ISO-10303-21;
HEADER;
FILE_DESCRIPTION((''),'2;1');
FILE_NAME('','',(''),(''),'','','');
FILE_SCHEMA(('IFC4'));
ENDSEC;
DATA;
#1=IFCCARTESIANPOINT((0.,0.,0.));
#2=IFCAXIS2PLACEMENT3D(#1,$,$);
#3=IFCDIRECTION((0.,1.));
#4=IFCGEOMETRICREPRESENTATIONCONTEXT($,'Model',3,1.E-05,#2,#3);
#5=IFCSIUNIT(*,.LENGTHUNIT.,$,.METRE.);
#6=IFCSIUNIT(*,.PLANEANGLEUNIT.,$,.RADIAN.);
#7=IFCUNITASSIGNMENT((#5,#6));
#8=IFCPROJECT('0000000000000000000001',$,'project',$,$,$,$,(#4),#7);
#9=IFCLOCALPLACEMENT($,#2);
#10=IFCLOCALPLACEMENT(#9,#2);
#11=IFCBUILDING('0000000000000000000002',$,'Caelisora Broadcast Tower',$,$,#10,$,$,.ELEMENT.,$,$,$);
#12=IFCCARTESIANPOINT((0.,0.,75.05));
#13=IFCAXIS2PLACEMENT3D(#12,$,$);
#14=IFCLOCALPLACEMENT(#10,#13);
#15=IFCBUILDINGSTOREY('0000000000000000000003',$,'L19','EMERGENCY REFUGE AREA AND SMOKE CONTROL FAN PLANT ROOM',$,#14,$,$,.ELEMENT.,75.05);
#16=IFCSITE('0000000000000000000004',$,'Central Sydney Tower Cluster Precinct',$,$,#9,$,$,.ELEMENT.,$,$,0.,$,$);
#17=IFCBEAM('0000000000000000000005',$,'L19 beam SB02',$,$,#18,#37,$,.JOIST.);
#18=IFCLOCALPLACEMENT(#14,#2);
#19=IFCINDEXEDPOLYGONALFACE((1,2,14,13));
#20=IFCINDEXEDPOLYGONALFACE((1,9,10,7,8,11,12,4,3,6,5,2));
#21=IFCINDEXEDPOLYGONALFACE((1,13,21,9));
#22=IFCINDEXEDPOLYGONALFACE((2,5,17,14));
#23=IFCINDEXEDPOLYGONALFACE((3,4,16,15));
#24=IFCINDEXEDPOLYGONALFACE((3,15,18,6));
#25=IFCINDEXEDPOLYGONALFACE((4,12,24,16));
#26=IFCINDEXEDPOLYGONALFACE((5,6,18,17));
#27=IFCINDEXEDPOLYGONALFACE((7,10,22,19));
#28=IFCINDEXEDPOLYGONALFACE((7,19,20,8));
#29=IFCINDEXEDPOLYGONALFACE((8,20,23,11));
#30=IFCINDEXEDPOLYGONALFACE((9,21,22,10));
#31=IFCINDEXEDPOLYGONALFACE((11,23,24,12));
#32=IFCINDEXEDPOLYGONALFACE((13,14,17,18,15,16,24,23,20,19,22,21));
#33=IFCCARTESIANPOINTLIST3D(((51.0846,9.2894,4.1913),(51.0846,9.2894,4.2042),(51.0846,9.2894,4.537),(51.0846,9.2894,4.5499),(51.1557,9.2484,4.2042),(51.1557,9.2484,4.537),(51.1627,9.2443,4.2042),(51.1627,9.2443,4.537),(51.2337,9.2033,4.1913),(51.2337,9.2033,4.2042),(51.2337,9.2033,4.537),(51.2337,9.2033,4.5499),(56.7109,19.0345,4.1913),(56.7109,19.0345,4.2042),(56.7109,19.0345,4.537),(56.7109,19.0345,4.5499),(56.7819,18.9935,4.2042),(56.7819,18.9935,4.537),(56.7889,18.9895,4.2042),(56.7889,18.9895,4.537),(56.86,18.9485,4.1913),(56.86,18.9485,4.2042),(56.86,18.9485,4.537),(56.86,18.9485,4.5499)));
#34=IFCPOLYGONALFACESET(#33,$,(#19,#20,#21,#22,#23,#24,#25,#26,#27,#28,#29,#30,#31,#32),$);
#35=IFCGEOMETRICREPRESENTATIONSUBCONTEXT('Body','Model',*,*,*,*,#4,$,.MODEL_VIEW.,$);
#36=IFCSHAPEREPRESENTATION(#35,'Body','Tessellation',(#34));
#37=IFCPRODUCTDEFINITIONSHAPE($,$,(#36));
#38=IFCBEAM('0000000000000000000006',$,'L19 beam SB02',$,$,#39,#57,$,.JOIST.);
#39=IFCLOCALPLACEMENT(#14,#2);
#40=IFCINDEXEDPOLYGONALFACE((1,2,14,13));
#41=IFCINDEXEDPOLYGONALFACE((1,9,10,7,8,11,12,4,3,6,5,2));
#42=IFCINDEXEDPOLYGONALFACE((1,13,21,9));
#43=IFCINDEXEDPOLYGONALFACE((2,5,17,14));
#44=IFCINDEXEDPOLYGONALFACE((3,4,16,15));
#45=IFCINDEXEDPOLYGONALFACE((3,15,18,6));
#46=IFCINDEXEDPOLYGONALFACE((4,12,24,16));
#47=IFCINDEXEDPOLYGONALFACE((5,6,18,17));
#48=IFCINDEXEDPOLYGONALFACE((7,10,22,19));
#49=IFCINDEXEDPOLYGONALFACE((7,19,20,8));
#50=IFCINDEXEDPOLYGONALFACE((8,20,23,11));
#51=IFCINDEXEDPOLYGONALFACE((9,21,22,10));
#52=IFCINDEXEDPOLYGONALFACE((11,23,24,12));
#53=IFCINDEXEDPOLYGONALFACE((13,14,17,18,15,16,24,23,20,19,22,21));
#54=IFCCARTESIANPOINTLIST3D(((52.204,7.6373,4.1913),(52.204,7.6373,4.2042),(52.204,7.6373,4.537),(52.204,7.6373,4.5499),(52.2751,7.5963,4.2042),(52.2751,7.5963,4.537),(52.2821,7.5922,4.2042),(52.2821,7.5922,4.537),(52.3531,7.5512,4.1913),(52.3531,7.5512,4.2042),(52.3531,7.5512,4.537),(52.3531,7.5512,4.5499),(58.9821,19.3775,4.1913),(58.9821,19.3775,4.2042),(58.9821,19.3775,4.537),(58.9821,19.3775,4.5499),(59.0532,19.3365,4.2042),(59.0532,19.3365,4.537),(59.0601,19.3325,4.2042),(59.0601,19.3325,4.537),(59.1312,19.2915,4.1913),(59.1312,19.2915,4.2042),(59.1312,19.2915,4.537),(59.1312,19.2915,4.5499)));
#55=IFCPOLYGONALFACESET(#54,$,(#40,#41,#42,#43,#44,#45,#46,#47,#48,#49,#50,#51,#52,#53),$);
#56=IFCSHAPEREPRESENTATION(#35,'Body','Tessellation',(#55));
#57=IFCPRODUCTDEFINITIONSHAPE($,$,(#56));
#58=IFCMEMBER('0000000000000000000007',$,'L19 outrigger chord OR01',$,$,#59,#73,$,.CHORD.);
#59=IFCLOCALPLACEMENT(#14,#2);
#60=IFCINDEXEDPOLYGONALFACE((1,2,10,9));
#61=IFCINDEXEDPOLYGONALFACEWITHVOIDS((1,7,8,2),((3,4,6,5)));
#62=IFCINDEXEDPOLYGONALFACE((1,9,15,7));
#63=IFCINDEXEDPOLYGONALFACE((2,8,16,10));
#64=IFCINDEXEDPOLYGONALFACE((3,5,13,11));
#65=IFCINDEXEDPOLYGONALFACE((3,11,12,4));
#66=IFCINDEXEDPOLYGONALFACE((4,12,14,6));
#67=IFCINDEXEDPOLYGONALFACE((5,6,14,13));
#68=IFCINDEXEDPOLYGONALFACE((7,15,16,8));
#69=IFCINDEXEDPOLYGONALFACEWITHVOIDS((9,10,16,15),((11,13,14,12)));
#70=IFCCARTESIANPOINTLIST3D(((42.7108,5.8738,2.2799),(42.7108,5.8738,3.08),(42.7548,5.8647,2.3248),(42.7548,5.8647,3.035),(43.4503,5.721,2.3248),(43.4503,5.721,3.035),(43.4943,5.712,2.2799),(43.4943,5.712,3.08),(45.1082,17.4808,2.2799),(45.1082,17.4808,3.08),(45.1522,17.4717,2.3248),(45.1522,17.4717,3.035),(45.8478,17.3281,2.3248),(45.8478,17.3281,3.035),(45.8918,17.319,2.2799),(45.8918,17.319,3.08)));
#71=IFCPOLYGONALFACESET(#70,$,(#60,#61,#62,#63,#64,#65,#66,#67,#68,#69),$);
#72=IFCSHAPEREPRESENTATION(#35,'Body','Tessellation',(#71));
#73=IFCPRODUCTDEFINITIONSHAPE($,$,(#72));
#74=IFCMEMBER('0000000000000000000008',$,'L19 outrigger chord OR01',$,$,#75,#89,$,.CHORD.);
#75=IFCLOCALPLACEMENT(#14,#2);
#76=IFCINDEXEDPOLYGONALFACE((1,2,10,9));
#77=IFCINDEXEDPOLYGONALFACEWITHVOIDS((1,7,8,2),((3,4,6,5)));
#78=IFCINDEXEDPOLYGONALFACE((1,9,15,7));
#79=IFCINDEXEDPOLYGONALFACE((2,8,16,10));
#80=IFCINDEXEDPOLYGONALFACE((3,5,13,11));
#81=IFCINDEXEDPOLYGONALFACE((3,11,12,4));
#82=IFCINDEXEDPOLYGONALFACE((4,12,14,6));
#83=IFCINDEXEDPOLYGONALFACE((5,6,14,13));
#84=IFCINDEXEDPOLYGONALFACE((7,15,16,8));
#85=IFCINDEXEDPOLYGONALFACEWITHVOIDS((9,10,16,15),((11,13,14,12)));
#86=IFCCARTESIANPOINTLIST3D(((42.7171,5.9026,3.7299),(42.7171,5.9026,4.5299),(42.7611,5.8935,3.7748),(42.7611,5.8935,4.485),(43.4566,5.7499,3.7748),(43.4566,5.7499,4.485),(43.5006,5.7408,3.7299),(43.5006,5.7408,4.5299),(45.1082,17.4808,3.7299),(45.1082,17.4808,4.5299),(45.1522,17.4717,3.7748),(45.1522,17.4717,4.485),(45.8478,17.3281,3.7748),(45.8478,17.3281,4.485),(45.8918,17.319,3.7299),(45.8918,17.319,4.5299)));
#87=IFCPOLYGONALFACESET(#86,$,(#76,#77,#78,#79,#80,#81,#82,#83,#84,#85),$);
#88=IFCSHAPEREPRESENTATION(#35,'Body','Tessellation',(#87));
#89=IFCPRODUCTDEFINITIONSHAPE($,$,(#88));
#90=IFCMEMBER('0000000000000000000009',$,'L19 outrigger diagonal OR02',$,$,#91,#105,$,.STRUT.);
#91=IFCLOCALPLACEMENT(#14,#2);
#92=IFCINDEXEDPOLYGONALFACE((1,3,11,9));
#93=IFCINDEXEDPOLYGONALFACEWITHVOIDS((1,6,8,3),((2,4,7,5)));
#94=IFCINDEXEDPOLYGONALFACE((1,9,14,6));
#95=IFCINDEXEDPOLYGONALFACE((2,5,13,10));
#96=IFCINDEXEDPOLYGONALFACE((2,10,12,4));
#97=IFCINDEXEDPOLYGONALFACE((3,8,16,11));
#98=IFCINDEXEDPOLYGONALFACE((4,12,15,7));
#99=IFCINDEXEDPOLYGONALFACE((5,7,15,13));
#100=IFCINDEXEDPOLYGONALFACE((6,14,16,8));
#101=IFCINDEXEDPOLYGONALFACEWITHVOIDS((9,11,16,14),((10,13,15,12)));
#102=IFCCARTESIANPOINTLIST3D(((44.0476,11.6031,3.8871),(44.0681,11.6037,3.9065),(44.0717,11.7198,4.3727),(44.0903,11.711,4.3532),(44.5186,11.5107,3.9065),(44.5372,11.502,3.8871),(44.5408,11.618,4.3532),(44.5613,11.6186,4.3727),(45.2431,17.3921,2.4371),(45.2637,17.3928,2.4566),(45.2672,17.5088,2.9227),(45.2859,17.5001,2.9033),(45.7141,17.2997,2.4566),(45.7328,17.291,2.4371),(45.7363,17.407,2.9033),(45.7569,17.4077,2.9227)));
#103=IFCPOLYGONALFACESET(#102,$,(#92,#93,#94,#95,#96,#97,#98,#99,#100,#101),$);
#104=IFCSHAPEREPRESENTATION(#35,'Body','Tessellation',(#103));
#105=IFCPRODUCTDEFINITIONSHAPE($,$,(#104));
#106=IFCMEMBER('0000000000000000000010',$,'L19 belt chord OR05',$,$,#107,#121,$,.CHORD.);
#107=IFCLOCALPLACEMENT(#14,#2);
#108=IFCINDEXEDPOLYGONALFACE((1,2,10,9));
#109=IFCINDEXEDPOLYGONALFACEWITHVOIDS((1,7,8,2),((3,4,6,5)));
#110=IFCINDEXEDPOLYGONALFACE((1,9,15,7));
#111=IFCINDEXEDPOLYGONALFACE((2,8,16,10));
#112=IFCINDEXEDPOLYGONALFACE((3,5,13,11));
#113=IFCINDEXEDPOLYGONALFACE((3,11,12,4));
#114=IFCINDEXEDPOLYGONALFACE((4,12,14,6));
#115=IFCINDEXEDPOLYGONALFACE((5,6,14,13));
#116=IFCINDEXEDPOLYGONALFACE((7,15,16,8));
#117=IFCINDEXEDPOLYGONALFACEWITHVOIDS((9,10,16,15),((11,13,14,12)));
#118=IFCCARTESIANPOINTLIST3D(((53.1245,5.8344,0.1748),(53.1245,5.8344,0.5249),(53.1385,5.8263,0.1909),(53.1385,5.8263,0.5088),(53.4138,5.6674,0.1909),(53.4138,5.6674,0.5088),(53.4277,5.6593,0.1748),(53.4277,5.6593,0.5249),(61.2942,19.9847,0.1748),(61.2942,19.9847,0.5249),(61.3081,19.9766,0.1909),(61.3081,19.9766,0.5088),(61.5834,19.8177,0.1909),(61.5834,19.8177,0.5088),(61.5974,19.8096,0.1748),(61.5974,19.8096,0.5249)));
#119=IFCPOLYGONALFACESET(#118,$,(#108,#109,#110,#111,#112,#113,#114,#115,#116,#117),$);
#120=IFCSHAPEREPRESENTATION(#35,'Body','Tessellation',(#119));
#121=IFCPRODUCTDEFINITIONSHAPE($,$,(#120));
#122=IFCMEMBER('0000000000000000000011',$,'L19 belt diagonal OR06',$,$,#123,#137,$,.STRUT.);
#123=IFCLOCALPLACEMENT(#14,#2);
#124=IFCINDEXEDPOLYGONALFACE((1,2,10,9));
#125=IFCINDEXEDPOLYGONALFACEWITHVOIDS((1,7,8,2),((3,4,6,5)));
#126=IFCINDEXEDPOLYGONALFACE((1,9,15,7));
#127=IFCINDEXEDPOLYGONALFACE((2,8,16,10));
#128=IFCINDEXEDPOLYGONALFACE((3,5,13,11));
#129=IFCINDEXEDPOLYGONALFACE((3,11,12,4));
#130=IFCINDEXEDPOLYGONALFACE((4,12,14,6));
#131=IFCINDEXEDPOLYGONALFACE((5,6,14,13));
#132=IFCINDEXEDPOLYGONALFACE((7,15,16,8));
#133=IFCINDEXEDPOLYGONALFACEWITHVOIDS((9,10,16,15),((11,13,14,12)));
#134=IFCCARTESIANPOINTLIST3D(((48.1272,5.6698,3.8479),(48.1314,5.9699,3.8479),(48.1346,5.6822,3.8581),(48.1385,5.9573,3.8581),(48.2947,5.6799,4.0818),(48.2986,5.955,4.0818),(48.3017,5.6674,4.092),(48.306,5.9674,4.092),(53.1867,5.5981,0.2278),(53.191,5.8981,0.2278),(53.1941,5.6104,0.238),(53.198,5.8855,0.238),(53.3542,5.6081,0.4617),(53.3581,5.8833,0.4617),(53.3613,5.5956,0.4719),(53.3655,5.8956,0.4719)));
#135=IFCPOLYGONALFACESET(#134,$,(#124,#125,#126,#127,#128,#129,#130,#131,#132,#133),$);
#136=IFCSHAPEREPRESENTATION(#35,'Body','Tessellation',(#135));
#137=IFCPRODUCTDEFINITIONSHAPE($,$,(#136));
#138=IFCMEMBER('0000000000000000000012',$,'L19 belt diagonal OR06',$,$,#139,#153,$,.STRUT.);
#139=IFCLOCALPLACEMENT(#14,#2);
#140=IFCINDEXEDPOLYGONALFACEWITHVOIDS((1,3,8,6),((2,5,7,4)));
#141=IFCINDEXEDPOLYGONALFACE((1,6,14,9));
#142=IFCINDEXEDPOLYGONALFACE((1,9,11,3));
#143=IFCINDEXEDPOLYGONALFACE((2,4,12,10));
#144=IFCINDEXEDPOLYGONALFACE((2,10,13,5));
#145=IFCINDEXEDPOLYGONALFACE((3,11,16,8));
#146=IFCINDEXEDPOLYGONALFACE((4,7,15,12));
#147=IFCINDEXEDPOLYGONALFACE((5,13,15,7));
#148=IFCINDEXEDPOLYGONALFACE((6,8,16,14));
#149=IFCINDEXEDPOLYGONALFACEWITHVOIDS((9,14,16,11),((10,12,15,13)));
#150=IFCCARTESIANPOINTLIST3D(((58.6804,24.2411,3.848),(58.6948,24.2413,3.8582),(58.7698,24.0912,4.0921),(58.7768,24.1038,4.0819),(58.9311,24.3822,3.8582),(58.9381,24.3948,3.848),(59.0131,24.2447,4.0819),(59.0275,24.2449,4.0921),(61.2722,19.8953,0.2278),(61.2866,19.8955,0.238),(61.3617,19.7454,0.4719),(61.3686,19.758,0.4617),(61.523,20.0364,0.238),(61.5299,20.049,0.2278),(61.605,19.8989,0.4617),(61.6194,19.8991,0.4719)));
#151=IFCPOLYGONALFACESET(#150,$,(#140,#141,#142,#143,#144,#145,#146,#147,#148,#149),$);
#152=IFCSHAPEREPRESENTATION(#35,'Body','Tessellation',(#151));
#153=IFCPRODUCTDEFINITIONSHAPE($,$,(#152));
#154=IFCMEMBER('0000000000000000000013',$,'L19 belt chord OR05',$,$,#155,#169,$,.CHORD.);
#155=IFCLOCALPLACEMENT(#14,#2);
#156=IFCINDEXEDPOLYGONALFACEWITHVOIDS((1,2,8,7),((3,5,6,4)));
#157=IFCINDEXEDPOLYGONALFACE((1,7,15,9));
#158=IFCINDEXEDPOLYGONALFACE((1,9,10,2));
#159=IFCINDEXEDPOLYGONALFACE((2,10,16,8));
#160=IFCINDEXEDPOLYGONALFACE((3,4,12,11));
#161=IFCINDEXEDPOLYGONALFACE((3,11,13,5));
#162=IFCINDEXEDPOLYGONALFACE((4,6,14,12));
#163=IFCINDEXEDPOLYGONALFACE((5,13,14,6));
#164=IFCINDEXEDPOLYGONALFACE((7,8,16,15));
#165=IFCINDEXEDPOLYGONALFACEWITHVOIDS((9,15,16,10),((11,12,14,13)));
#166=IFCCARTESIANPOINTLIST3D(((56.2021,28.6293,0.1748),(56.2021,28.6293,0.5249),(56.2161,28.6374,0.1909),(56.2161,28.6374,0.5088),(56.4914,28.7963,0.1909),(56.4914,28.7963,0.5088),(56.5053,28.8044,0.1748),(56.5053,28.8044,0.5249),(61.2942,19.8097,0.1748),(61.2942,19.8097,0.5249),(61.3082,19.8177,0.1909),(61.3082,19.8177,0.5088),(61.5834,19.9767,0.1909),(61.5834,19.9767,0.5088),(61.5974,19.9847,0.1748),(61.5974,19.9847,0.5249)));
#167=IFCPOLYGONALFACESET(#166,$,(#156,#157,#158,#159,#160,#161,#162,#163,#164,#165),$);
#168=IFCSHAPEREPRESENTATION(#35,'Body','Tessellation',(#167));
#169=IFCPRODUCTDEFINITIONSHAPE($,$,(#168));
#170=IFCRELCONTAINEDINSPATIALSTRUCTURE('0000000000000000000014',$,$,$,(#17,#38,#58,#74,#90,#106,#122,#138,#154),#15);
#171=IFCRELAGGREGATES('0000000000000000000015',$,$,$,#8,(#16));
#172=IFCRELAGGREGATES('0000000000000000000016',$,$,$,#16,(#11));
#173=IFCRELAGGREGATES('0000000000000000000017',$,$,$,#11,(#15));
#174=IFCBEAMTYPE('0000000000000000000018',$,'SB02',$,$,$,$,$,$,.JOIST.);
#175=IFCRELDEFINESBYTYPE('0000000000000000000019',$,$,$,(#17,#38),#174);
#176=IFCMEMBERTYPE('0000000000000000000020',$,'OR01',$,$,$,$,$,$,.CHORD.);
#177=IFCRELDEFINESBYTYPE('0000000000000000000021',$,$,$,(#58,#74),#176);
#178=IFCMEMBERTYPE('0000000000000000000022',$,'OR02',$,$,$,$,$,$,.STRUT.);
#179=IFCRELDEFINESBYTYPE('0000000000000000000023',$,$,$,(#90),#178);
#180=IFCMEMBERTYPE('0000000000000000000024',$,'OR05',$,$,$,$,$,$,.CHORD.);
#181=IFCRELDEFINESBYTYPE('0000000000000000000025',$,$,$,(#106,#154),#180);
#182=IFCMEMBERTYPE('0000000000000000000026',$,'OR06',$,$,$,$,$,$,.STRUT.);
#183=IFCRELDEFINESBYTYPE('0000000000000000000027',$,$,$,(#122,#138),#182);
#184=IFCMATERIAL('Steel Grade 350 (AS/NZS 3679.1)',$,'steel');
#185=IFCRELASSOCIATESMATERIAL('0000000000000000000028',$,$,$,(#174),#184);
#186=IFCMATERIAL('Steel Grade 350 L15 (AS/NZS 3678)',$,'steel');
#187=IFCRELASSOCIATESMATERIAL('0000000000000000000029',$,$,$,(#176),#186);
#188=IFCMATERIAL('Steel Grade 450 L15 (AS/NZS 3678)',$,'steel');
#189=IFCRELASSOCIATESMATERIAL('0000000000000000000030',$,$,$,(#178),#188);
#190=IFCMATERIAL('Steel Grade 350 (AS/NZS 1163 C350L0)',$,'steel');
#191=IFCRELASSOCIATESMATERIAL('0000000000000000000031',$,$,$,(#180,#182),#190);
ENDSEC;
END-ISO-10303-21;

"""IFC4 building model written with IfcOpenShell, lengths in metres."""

from ifc_helpers import new_model, si_unit, direction, frame, origin, origin_2d, place, context, subcontext, project, spatial, hollow_rectangle, i_section, extrude, source, transform, mapped, material, material_profile, profile_set, type_object, type_shapes, element, save


model = new_model("IFC4")

# Units and contexts
model_context = context("Model", 3, precision=1e-05, world=origin(), true_north=direction((0.0, 1.0)))
body_context = subcontext(model_context, "Body", "Model", "MODEL_VIEW")
ifc_project = project(units=[si_unit("LENGTHUNIT", "METRE"), si_unit("PLANEANGLEUNIT", "RADIAN")], contexts=[model_context])

# Site, building, storey
site_placement = place(None, origin())
site = spatial("IfcSite", under=ifc_project, at=site_placement, Name="Central Sydney Tower Cluster Precinct", CompositionType="ELEMENT", RefElevation=0.0)
building_placement = place(site_placement, origin())
building = spatial("IfcBuilding", under=site, at=building_placement, Name="Caelisora Broadcast Tower", CompositionType="ELEMENT")
storey_placement = place(building_placement, frame((0.0, 0.0, 75.05)))
storey = spatial("IfcBuildingStorey", under=building, at=storey_placement, Name="L19", Description="EMERGENCY REFUGE AREA AND SMOKE CONTROL FAN PLANT ROOM", CompositionType="ELEMENT", Elevation=75.05)

# Shared definitions
ifc_material_1 = material(Name="Steel Grade 350 L15 (AS/NZS 3678)", Category="steel")

# Beams
ifc_material_2 = material(Name="Steel Grade 350 (AS/NZS 3679.1)", Category="steel")
ifc_material_profile_1 = material_profile(ifc_material_2, i_section(OverallWidth=0.1721, OverallDepth=0.3586, WebThickness=0.0081, FlangeThickness=0.0129, at=origin_2d()), Name="Steel Grade 350 (AS/NZS 3679.1)")
ifc_profile_set_1 = profile_set([ifc_material_profile_1], Name="Steel Grade 350 (AS/NZS 3679.1)")
beam_type_1 = type_object("IfcBeamType", Name="SB02", PredefinedType="JOIST", material=ifc_profile_set_1)
shared_shape_1 = source(origin(), body_context, "Body", "SweptSolid", [
    extrude(i_section(OverallWidth=0.1721, OverallDepth=0.3586, WebThickness=0.0081, FlangeThickness=0.0129, at=origin_2d()), origin(), (0.0, 0.0, 1.0), 11.2527),
])
beam_1_placement = place(storey_placement, frame((51.1592, 9.2463, 4.3706), z_axis=(0.499992, 0.86603, 0.0), x_axis=(-0.86603, 0.499992, 0.0)))
element("IfcBeam", 1, at=beam_1_placement, inside=storey, type_object=beam_type_1, Name="L19 beam SB02", PredefinedType="JOIST", context=body_context, shape_type="MappedRepresentation", body=[
    mapped(shared_shape_1, transform((0.0, 0.0, 0.0), scale=1.0)),
])
shared_shape_2 = source(origin(), body_context, "Body", "SweptSolid", [
    extrude(i_section(OverallWidth=0.1721, OverallDepth=0.3586, WebThickness=0.0081, FlangeThickness=0.0129, at=origin_2d()), origin(), (0.0, 0.0, 1.0), 13.5564),
])
beam_2_placement = place(storey_placement, frame((52.2786, 7.5942, 4.3706), z_axis=(0.499992, 0.86603, 0.0), x_axis=(-0.86603, 0.499992, 0.0)))
element("IfcBeam", 2, at=beam_2_placement, inside=storey, type_object=beam_type_1, Name="L19 beam SB02", PredefinedType="JOIST", context=body_context, shape_type="MappedRepresentation", body=[
    mapped(shared_shape_2, transform((0.0, 0.0, 0.0), scale=1.0)),
])

# Members
ifc_material_profile_2 = material_profile(ifc_material_1, hollow_rectangle(XDim=0.8, YDim=0.8, WallThickness=0.0449, at=origin_2d()), Name="Steel Grade 350 L15 (AS/NZS 3678)")
ifc_profile_set_2 = profile_set([ifc_material_profile_2], Name="Steel Grade 350 L15 (AS/NZS 3678)")
member_type_1 = type_object("IfcMemberType", Name="OR01", PredefinedType="CHORD", material=ifc_profile_set_2)
shared_shape_3 = source(origin(), body_context, "Body", "SweptSolid", [
    extrude(hollow_rectangle(XDim=0.8, YDim=0.8, WallThickness=0.0449, at=origin_2d()), origin(), (0.0, 0.0, 1.0), 11.8521),
])
member_1_placement = place(storey_placement, frame((45.5, 17.3999, 2.6799), z_axis=(-0.202284, -0.979327, 0.0), x_axis=(0.979327, -0.202284, 0.0)))
element("IfcMember", 3, at=member_1_placement, inside=storey, type_object=member_type_1, Name="L19 outrigger chord OR01", PredefinedType="CHORD", context=body_context, shape_type="MappedRepresentation", body=[
    mapped(shared_shape_3, transform((0.0, 0.0, 0.0), scale=1.0)),
])
shared_shape_4 = source(origin(), body_context, "Body", "SweptSolid", [
    extrude(hollow_rectangle(XDim=0.8, YDim=0.8, WallThickness=0.0449, at=origin_2d()), origin(), (0.0, 0.0, 1.0), 11.8225),
])
type_shapes(member_type_1, [shared_shape_3, shared_shape_4])
member_2_placement = place(storey_placement, frame((45.5, 17.3999, 4.1299), z_axis=(-0.202252, -0.979334, 0.0), x_axis=(0.979334, -0.202252, 0.0)))
element("IfcMember", 4, at=member_2_placement, inside=storey, type_object=member_type_1, Name="L19 outrigger chord OR01", PredefinedType="CHORD", context=body_context, shape_type="MappedRepresentation", body=[
    mapped(shared_shape_4, transform((0.0, 0.0, 0.0), scale=1.0)),
])
ifc_material_3 = material(Name="Steel Grade 450 L15 (AS/NZS 3678)", Category="steel")
ifc_material_profile_3 = material_profile(ifc_material_3, hollow_rectangle(XDim=0.5, YDim=0.5, WallThickness=0.02, at=origin_2d()), Name="Steel Grade 450 L15 (AS/NZS 3678)")
ifc_profile_set_3 = profile_set([ifc_material_profile_3], Name="Steel Grade 450 L15 (AS/NZS 3678)")
member_type_2 = type_object("IfcMemberType", Name="OR02", PredefinedType="STRUT", material=ifc_profile_set_3)
shared_shape_5 = source(origin(), body_context, "Body", "SweptSolid", [
    extrude(hollow_rectangle(XDim=0.5, YDim=0.5, WallThickness=0.02, at=origin_2d()), origin(), (0.0, 0.0, 1.0), 6.0864),
])
type_shapes(member_type_2, [shared_shape_5])
member_3_placement = place(storey_placement, frame((45.5, 17.3999, 2.6799), z_axis=(-0.196429, -0.951138, 0.238226), x_axis=(0.979334, -0.202252, 0.0)))
element("IfcMember", 5, at=member_3_placement, inside=storey, type_object=member_type_2, Name="L19 outrigger diagonal OR02", PredefinedType="STRUT", context=body_context, shape_type="MappedRepresentation", body=[
    mapped(shared_shape_5, transform((0.0, 0.0, 0.0), scale=1.0)),
])
ifc_material_4 = material(Name="Steel Grade 350 (AS/NZS 1163 C350L0)", Category="steel")
ifc_material_profile_4 = material_profile(ifc_material_4, hollow_rectangle(XDim=0.3501, YDim=0.3501, WallThickness=0.0161, at=origin_2d()), Name="Steel Grade 350 (AS/NZS 1163 C350L0)")
ifc_profile_set_4 = profile_set([ifc_material_profile_4], Name="Steel Grade 350 (AS/NZS 1163 C350L0)")
member_type_3 = type_object("IfcMemberType", Name="OR05", PredefinedType="CHORD", material=ifc_profile_set_4)
shared_shape_6 = source(origin(), body_context, "Body", "SweptSolid", [
    extrude(hollow_rectangle(XDim=0.3501, YDim=0.3501, WallThickness=0.0161, at=origin_2d()), origin(), (0.0, 0.0, 1.0), 16.3394),
])
member_4_placement = place(storey_placement, frame((53.2761, 5.7468, 0.3499), z_axis=(0.499998, 0.866027, 0.0), x_axis=(-0.866027, 0.499998, 0.0)))
element("IfcMember", 6, at=member_4_placement, inside=storey, type_object=member_type_3, Name="L19 belt chord OR05", PredefinedType="CHORD", context=body_context, shape_type="MappedRepresentation", body=[
    mapped(shared_shape_6, transform((0.0, 0.0, 0.0), scale=1.0)),
])
ifc_material_profile_5 = material_profile(ifc_material_4, hollow_rectangle(XDim=0.3, YDim=0.3, WallThickness=0.0125, at=origin_2d()), Name="Steel Grade 350 (AS/NZS 1163 C350L0)")
ifc_profile_set_5 = profile_set([ifc_material_profile_5], Name="Steel Grade 350 (AS/NZS 1163 C350L0)")
member_type_4 = type_object("IfcMemberType", Name="OR06", PredefinedType="STRUT", material=ifc_profile_set_5)
shared_shape_7 = source(origin(), body_context, "Body", "SweptSolid", [
    extrude(hollow_rectangle(XDim=0.3, YDim=0.3, WallThickness=0.0125, at=origin_2d()), origin(), (0.0, 0.0, 1.0), 6.2217),
])
for number, where, z_axis, x_axis, name in (
    (7, (53.2761, 5.7468, 0.3499), (-0.813212, 0.011537, 0.581853), (-0.014185, -0.999899, 0.0), "L19 belt diagonal OR06"),
    (8, (61.4458, 19.8972, 0.3499), (-0.416583, 0.698491, 0.581867), (-0.858852, -0.512223, 0.0), "L19 belt diagonal OR06"),
):
    element("IfcMember", number, at=place(storey_placement, frame(where, z_axis=z_axis, x_axis=x_axis)), inside=storey, type_object=member_type_4, Name=name, PredefinedType="STRUT", context=body_context, shape_type="MappedRepresentation", body=[
        mapped(shared_shape_7, transform((0.0, 0.0, 0.0), scale=1.0)),
    ])
shared_shape_8 = source(origin(), body_context, "Body", "SweptSolid", [
    extrude(hollow_rectangle(XDim=0.3501, YDim=0.3501, WallThickness=0.0161, at=origin_2d()), origin(), (0.0, 0.0, 1.0), 10.1841),
])
type_shapes(member_type_3, [shared_shape_6, shared_shape_8])
member_5_placement = place(storey_placement, frame((61.4458, 19.8972, 0.3499), z_axis=(-0.500004, 0.866023, 0.0), x_axis=(-0.866023, -0.500004, 0.0)))
element("IfcMember", 9, at=member_5_placement, inside=storey, type_object=member_type_3, Name="L19 belt chord OR05", PredefinedType="CHORD", context=body_context, shape_type="MappedRepresentation", body=[
    mapped(shared_shape_8, transform((0.0, 0.0, 0.0), scale=1.0)),
])

save(model, "model.ifc")
